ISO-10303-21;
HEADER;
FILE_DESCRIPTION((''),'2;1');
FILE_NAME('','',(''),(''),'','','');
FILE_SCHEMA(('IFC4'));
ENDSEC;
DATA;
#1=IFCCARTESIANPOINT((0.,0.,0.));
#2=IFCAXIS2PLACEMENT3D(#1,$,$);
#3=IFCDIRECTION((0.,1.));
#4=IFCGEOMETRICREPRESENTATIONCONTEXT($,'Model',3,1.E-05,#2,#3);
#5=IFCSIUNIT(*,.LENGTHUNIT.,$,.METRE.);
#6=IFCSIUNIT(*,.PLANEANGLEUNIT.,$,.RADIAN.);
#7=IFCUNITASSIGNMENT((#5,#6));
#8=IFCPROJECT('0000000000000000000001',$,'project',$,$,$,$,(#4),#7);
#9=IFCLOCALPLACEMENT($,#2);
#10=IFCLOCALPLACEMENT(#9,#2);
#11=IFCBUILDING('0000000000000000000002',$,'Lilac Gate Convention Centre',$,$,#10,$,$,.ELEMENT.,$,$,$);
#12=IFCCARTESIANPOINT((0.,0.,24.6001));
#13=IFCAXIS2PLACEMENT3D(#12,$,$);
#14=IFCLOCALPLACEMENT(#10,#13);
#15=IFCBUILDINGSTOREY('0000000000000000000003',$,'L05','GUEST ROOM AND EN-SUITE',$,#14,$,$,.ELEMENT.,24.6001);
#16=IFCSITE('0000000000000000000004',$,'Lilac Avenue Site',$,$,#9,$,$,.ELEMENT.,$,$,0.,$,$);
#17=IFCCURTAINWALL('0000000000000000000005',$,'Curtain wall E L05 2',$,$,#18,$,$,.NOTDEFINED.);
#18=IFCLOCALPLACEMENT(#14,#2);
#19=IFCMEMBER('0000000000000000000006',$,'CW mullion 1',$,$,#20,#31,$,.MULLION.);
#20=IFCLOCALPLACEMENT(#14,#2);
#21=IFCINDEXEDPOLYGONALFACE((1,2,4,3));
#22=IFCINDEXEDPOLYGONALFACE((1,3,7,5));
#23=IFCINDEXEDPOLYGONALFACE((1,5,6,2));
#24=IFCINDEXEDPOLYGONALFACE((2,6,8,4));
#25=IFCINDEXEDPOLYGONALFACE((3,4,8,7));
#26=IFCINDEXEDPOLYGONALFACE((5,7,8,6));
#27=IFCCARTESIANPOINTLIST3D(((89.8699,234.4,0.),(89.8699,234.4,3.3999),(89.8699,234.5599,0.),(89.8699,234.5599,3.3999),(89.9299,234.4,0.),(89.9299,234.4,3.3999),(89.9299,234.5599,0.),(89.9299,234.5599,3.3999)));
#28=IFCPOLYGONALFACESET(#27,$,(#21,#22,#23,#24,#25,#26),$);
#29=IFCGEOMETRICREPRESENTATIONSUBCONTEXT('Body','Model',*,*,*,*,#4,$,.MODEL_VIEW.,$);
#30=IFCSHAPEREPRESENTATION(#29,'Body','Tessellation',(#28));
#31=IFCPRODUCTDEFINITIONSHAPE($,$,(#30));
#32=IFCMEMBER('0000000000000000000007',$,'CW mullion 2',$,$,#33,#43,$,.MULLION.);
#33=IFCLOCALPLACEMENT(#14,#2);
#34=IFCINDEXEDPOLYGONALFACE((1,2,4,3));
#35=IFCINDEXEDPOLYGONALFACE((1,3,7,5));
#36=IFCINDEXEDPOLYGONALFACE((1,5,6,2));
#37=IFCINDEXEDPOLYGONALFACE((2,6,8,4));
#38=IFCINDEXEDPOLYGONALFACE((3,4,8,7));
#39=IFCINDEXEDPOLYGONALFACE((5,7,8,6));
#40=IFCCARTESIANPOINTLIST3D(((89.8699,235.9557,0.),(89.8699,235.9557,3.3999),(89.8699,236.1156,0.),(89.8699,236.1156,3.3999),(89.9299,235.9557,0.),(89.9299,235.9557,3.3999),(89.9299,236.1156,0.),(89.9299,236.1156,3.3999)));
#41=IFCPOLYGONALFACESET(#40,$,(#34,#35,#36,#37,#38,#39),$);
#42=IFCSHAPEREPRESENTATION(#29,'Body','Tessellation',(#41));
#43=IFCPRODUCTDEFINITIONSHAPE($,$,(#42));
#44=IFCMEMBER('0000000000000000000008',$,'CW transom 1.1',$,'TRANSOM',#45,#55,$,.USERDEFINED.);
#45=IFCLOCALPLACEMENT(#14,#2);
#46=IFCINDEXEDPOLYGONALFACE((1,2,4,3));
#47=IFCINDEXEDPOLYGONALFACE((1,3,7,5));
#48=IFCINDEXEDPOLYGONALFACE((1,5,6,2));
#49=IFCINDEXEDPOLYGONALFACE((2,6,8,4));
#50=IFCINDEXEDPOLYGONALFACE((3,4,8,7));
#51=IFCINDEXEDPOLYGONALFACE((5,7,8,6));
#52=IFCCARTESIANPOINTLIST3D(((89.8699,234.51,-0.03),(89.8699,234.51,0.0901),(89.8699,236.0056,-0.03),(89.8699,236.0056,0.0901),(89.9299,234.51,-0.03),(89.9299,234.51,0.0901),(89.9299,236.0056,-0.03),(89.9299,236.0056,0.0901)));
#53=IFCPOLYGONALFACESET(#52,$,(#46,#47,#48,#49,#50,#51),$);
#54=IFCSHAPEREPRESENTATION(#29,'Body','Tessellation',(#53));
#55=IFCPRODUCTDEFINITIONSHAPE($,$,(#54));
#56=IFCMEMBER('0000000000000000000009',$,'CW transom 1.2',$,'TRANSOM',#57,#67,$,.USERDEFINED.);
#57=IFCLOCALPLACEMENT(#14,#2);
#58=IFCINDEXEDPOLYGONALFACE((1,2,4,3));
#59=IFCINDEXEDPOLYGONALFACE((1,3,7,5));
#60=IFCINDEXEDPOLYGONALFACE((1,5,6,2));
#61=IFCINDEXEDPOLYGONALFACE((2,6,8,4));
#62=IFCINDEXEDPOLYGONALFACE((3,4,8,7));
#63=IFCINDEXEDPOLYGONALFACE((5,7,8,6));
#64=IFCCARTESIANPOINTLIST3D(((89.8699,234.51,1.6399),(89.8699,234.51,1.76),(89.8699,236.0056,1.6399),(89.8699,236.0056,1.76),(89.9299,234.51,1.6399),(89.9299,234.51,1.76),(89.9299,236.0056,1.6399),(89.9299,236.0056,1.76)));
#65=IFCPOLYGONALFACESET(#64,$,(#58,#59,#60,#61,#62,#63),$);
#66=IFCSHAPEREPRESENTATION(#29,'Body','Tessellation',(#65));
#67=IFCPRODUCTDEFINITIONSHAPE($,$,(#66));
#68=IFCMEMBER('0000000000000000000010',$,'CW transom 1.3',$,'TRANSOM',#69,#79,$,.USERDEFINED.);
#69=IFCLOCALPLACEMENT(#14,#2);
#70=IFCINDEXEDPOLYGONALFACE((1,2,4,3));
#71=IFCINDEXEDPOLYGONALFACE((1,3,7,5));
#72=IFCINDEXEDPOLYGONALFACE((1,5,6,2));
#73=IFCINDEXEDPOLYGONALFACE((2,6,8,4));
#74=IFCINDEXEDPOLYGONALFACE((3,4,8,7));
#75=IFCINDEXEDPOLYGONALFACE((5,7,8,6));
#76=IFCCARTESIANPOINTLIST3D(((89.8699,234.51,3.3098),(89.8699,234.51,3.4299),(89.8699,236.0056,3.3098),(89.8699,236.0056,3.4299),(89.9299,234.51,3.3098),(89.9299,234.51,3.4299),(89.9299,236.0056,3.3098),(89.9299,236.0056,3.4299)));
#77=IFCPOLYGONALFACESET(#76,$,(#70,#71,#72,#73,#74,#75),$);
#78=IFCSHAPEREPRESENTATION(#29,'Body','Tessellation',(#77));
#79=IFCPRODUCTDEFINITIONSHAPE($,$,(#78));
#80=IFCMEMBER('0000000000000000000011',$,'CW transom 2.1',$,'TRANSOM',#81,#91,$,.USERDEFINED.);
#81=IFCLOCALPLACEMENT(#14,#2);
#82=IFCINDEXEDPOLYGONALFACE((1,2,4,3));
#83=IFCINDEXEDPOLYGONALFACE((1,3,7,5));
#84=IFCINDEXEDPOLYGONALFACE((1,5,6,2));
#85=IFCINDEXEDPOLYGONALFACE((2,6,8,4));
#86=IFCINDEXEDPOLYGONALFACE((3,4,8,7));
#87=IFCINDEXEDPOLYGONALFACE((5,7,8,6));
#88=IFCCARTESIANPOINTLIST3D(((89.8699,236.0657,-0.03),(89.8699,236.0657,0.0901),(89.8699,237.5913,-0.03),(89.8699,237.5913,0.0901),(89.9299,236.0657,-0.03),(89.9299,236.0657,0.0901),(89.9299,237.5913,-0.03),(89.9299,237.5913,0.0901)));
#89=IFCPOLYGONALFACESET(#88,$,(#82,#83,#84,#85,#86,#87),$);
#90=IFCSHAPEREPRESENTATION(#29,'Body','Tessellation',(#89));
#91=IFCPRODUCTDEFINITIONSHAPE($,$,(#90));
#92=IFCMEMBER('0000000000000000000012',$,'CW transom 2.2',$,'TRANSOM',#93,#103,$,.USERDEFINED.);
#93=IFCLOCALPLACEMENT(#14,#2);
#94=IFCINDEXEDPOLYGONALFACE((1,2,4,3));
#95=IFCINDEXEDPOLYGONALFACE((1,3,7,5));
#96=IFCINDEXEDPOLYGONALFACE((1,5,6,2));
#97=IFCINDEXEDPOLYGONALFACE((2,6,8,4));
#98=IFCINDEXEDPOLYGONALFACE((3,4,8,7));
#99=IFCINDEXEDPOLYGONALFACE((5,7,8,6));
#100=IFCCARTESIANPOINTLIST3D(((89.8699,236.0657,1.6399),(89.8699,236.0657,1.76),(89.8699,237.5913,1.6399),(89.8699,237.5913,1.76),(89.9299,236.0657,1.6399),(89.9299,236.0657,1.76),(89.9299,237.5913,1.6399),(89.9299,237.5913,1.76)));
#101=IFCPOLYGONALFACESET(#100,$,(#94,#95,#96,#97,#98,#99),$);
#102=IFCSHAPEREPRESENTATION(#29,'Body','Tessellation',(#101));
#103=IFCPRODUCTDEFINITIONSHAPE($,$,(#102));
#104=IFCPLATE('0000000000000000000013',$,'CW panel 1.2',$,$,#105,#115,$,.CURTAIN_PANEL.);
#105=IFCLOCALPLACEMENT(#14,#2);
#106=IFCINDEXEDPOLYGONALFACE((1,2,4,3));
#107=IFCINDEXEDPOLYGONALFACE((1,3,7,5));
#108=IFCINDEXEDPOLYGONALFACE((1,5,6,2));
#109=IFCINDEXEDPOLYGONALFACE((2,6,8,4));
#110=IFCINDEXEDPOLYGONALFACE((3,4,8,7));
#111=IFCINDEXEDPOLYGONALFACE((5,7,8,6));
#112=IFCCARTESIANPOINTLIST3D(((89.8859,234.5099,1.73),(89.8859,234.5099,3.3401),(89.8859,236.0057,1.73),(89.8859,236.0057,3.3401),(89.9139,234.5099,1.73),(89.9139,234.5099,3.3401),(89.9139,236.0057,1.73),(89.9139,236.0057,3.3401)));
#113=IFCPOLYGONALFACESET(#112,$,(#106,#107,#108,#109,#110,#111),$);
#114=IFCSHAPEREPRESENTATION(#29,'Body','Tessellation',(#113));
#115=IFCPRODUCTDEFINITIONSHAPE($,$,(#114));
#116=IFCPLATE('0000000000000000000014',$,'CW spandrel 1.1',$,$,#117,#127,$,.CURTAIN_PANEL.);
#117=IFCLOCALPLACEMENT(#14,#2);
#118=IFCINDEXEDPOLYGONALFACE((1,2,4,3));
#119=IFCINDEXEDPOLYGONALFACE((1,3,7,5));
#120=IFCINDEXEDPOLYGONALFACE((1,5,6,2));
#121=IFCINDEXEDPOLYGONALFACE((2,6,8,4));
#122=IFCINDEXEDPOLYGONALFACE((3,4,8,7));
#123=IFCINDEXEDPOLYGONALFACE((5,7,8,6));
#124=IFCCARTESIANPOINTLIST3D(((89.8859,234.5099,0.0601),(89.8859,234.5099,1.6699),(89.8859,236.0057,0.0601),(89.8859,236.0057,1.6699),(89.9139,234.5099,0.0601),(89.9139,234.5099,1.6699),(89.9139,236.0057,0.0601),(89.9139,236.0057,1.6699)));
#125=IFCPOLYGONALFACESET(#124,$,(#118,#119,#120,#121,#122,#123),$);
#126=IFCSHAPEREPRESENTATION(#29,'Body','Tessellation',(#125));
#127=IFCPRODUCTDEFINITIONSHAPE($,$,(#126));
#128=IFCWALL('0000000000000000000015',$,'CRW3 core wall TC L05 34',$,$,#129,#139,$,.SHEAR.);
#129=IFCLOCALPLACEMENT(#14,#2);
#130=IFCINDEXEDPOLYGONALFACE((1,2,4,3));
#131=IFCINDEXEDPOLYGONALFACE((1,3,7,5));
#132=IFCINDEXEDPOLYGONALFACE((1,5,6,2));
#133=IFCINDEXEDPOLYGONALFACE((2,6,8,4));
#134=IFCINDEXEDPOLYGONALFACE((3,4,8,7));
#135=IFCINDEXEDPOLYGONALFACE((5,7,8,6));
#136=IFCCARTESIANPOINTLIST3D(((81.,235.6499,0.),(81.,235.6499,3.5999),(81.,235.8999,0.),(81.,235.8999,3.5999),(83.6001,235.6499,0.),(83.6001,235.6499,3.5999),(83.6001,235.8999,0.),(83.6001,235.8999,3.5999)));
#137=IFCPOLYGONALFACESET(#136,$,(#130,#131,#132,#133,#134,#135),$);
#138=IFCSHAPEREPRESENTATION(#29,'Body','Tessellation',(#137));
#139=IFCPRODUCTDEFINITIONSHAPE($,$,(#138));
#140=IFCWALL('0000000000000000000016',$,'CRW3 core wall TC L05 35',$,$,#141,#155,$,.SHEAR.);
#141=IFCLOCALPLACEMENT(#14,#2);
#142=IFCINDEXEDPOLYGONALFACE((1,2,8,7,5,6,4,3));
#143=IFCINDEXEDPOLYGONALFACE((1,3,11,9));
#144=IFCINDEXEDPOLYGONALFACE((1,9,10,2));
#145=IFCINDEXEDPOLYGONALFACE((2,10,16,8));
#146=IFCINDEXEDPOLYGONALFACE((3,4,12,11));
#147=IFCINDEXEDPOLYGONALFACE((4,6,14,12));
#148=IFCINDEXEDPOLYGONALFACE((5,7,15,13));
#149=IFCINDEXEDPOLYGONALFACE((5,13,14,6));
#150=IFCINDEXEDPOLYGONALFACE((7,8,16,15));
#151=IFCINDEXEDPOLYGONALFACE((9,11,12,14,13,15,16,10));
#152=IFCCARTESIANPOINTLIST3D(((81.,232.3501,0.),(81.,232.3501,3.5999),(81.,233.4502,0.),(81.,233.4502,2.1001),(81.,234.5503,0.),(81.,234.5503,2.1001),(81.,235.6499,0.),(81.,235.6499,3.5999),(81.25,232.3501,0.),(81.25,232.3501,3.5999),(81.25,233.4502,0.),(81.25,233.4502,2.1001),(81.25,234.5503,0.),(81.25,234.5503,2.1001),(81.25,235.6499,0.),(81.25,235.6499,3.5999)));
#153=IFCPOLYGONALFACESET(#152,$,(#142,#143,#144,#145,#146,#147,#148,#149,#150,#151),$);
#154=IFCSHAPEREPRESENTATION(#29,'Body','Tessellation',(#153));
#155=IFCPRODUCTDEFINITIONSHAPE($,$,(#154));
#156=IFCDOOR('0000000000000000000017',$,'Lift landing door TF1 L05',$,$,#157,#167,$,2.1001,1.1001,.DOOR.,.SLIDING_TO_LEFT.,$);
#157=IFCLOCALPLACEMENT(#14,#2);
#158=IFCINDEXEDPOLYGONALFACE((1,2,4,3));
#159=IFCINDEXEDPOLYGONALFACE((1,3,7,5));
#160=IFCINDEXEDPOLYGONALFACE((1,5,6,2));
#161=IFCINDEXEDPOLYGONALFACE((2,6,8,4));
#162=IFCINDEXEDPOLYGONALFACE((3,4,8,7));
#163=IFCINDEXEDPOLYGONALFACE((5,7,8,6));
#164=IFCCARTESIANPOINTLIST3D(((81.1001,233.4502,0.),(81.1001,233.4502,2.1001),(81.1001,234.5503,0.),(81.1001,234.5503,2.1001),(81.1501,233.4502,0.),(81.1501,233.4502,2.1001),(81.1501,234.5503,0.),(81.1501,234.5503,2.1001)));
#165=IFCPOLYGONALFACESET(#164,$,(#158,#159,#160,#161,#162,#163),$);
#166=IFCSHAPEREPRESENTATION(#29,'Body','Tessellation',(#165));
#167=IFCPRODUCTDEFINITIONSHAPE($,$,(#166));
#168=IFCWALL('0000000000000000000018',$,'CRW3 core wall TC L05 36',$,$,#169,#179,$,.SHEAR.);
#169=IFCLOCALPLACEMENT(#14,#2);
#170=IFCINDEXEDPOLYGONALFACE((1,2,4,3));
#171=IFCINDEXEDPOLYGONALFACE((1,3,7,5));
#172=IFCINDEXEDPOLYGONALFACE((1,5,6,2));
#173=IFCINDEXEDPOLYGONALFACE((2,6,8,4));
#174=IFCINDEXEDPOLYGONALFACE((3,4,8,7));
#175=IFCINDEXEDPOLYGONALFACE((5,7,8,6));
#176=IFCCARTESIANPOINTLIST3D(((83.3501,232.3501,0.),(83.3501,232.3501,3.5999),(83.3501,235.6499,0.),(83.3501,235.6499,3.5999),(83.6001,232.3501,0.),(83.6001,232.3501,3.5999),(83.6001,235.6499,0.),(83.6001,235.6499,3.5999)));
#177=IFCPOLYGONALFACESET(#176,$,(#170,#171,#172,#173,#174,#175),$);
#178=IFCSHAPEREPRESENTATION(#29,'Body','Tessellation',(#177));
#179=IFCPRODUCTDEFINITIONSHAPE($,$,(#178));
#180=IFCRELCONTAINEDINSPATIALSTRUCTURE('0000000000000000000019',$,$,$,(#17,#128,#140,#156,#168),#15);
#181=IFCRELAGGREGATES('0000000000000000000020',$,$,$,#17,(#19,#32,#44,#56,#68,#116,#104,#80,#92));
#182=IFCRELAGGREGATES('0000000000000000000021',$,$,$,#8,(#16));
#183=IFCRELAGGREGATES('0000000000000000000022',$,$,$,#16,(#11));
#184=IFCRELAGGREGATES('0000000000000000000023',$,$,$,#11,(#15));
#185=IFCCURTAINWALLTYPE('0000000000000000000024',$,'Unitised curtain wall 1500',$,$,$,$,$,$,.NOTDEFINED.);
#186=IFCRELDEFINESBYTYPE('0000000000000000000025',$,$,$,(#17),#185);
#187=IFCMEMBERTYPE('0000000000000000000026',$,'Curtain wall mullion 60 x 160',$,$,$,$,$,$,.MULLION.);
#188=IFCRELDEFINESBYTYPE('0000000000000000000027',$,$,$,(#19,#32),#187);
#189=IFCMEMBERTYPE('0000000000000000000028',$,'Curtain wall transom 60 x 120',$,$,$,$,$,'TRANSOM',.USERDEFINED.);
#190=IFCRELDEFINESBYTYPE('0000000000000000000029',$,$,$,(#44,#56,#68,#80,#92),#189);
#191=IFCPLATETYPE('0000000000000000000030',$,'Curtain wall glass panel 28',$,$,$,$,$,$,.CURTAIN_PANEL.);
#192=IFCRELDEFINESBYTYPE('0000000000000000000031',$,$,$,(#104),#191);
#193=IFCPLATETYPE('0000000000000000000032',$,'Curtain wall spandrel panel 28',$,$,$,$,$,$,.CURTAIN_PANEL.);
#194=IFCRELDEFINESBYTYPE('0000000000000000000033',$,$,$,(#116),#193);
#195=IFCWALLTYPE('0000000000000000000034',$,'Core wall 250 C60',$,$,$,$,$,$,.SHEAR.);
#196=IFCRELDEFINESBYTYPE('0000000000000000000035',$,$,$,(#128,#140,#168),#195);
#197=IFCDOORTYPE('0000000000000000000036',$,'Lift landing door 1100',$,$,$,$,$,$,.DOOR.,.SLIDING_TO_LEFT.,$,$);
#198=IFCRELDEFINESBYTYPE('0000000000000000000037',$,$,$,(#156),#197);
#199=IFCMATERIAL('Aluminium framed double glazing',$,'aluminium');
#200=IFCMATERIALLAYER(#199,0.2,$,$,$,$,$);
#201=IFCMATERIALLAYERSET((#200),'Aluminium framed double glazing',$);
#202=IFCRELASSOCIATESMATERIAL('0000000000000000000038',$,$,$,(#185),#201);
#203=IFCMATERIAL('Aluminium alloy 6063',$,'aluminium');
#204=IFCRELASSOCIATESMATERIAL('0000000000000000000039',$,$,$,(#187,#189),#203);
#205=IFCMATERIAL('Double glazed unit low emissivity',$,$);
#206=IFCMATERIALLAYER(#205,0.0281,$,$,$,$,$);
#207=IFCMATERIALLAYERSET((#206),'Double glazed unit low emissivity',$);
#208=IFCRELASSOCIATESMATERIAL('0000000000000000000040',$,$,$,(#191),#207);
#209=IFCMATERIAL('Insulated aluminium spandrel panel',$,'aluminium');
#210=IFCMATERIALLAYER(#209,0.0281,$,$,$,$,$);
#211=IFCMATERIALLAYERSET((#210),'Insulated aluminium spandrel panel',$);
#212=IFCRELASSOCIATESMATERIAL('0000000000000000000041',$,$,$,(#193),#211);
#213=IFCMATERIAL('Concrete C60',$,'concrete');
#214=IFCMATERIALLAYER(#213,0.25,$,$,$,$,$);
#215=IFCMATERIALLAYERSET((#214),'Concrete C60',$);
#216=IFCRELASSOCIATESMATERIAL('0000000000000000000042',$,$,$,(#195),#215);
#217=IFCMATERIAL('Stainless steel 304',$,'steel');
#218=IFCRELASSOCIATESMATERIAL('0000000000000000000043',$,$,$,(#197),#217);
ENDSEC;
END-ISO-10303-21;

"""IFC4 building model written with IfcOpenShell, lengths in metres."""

from ifc_helpers import new_model, si_unit, direction, frame, frame_2d, origin, origin_2d, place, context, subcontext, project, spatial, rectangle, extrude, material, layer, layer_set, material_profile, profile_set, type_object, element, fill, aggregate, save


model = new_model("IFC4")

# Units and contexts
model_context = context("Model", 3, precision=1e-05, world=origin(), true_north=direction((0.0, 1.0)))
body_context = subcontext(model_context, "Body", "Model", "MODEL_VIEW")
ifc_project = project(units=[si_unit("LENGTHUNIT", "METRE"), si_unit("PLANEANGLEUNIT", "RADIAN")], contexts=[model_context])

# Site, building, storey
site_placement = place(None, origin())
site = spatial("IfcSite", under=ifc_project, at=site_placement, Name="Lilac Avenue Site", CompositionType="ELEMENT", RefElevation=0.0)
building_placement = place(site_placement, origin())
building = spatial("IfcBuilding", under=site, at=building_placement, Name="Lilac Gate Convention Centre", CompositionType="ELEMENT")
storey_placement = place(building_placement, frame((0.0, 0.0, 24.6001)))
storey = spatial("IfcBuildingStorey", under=building, at=storey_placement, Name="L05", Description="GUEST ROOM AND EN-SUITE", CompositionType="ELEMENT", Elevation=24.6001)

# Curtain wall, members, plates
ifc_material_1 = material(Name="Aluminium framed double glazing", Category="aluminium")
ifc_layer_1 = layer(ifc_material_1, 0.2)
ifc_layer_set_1 = layer_set([ifc_layer_1], Name="Aluminium framed double glazing")
curtain_wall_type = type_object("IfcCurtainWallType", Name="Unitised curtain wall 1500", PredefinedType="NOTDEFINED", material=ifc_layer_set_1)
curtain_wall_placement = place(storey_placement, origin())
curtain_wall = element("IfcCurtainWall", 1, at=curtain_wall_placement, inside=storey, type_object=curtain_wall_type, Name="Curtain wall E L05 2", PredefinedType="NOTDEFINED")
ifc_material_2 = material(Name="Aluminium alloy 6063", Category="aluminium")
ifc_material_profile_1 = material_profile(ifc_material_2, rectangle(XDim=0.0601, YDim=0.1599, at=origin_2d()), Name="Curtain wall mullion 60 x 160")
ifc_profile_set_1 = profile_set([ifc_material_profile_1], Name="Aluminium alloy 6063")
member_type_1 = type_object("IfcMemberType", Name="Curtain wall mullion 60 x 160", PredefinedType="MULLION", material=ifc_profile_set_1)
member_1_placement = place(storey_placement, frame((89.8999, 234.48, 0.0), z_axis=(0.0, 0.0, 1.0), x_axis=(-1.0, 0.0, 0.0)))
member_1 = element("IfcMember", 2, at=member_1_placement, type_object=member_type_1, Name="CW mullion 1", PredefinedType="MULLION", context=body_context, shape_type="SweptSolid", body=[
    extrude(rectangle(XDim=0.0601, YDim=0.1599, at=origin_2d()), origin(), (0.0, 0.0, 1.0), 3.3999),
])
member_2_placement = place(storey_placement, frame((89.8999, 236.0356, 0.0), z_axis=(0.0, 0.0, 1.0), x_axis=(-1.0, 0.0, 0.0)))
member_2 = element("IfcMember", 3, at=member_2_placement, type_object=member_type_1, Name="CW mullion 2", PredefinedType="MULLION", context=body_context, shape_type="SweptSolid", body=[
    extrude(rectangle(XDim=0.0601, YDim=0.1599, at=origin_2d()), origin(), (0.0, 0.0, 1.0), 3.3999),
])
ifc_material_profile_2 = material_profile(ifc_material_2, rectangle(XDim=0.0601, YDim=0.1201, at=origin_2d()), Name="Curtain wall transom 60 x 120")
ifc_profile_set_2 = profile_set([ifc_material_profile_2], Name="Aluminium alloy 6063")
member_type_2 = type_object("IfcMemberType", Name="Curtain wall transom 60 x 120", ElementType="TRANSOM", PredefinedType="USERDEFINED", material=ifc_profile_set_2)
member_3_placement = place(storey_placement, frame((89.8999, 234.51, 0.03), z_axis=(0.0, 1.0, 0.0), x_axis=(-1.0, 0.0, 0.0)))
member_3 = element("IfcMember", 4, at=member_3_placement, type_object=member_type_2, Name="CW transom 1.1", ObjectType="TRANSOM", PredefinedType="USERDEFINED", context=body_context, shape_type="SweptSolid", body=[
    extrude(rectangle(XDim=0.0601, YDim=0.1201, at=origin_2d()), origin(), (0.0, 0.0, 1.0), 1.4956),
])
member_4_placement = place(storey_placement, frame((89.8999, 234.51, 1.7), z_axis=(0.0, 1.0, 0.0), x_axis=(-1.0, 0.0, 0.0)))
member_4 = element("IfcMember", 5, at=member_4_placement, type_object=member_type_2, Name="CW transom 1.2", ObjectType="TRANSOM", PredefinedType="USERDEFINED", context=body_context, shape_type="SweptSolid", body=[
    extrude(rectangle(XDim=0.0601, YDim=0.1201, at=origin_2d()), origin(), (0.0, 0.0, 1.0), 1.4956),
])
member_5_placement = place(storey_placement, frame((89.8999, 234.51, 3.3699), z_axis=(0.0, 1.0, 0.0), x_axis=(-1.0, 0.0, 0.0)))
member_5 = element("IfcMember", 6, at=member_5_placement, type_object=member_type_2, Name="CW transom 1.3", ObjectType="TRANSOM", PredefinedType="USERDEFINED", context=body_context, shape_type="SweptSolid", body=[
    extrude(rectangle(XDim=0.0601, YDim=0.1201, at=origin_2d()), origin(), (0.0, 0.0, 1.0), 1.4956),
])
member_6_placement = place(storey_placement, frame((89.8999, 236.0657, 0.03), z_axis=(0.0, 1.0, 0.0), x_axis=(-1.0, 0.0, 0.0)))
member_6 = element("IfcMember", 7, at=member_6_placement, type_object=member_type_2, Name="CW transom 2.1", ObjectType="TRANSOM", PredefinedType="USERDEFINED", context=body_context, shape_type="SweptSolid", body=[
    extrude(rectangle(XDim=0.0601, YDim=0.1201, at=origin_2d()), origin(), (0.0, 0.0, 1.0), 1.5256),
])
member_7_placement = place(storey_placement, frame((89.8999, 236.0657, 1.7), z_axis=(0.0, 1.0, 0.0), x_axis=(-1.0, 0.0, 0.0)))
member_7 = element("IfcMember", 8, at=member_7_placement, type_object=member_type_2, Name="CW transom 2.2", ObjectType="TRANSOM", PredefinedType="USERDEFINED", context=body_context, shape_type="SweptSolid", body=[
    extrude(rectangle(XDim=0.0601, YDim=0.1201, at=origin_2d()), origin(), (0.0, 0.0, 1.0), 1.5256),
])
ifc_material_3 = material(Name="Double glazed unit low emissivity")
ifc_layer_2 = layer(ifc_material_3, 0.0281)
ifc_layer_set_2 = layer_set([ifc_layer_2], Name="Double glazed unit low emissivity")
plate_type_1 = type_object("IfcPlateType", Name="Curtain wall glass panel 28", PredefinedType="CURTAIN_PANEL", material=ifc_layer_set_2)
plate_1_placement = place(storey_placement, frame((89.8999, 235.2578, 1.73), z_axis=(0.0, 0.0, 1.0), x_axis=(0.0, 1.0, 0.0)))
plate_1 = element("IfcPlate", 9, at=plate_1_placement, type_object=plate_type_1, Name="CW panel 1.2", PredefinedType="CURTAIN_PANEL", context=body_context, shape_type="SweptSolid", body=[
    extrude(rectangle(XDim=1.4958, YDim=0.0281, at=origin_2d()), origin(), (0.0, 0.0, 1.0), 1.6101),
])
ifc_material_4 = material(Name="Insulated aluminium spandrel panel", Category="aluminium")
ifc_layer_3 = layer(ifc_material_4, 0.0281)
ifc_layer_set_3 = layer_set([ifc_layer_3], Name="Insulated aluminium spandrel panel")
plate_type_2 = type_object("IfcPlateType", Name="Curtain wall spandrel panel 28", PredefinedType="CURTAIN_PANEL", material=ifc_layer_set_3)
plate_2_placement = place(storey_placement, frame((89.8999, 235.2578, 0.0601), z_axis=(0.0, 0.0, 1.0), x_axis=(0.0, 1.0, 0.0)))
plate_2 = element("IfcPlate", 10, at=plate_2_placement, type_object=plate_type_2, Name="CW spandrel 1.1", PredefinedType="CURTAIN_PANEL", context=body_context, shape_type="SweptSolid", body=[
    extrude(rectangle(XDim=1.4958, YDim=0.0281, at=origin_2d()), origin(), (0.0, 0.0, 1.0), 1.6099),
])
aggregate(curtain_wall, [member_1, member_2, member_3, member_4, member_5, plate_2, plate_1, member_6, member_7])

# Wall
ifc_material_5 = material(Name="Concrete C60", Category="concrete")
ifc_layer_4 = layer(ifc_material_5, 0.25)
ifc_layer_set_4 = layer_set([ifc_layer_4], Name="Concrete C60")
wall_type_1 = type_object("IfcWallType", Name="Core wall 250 C60", PredefinedType="SHEAR", material=ifc_layer_set_4)
wall_1_placement = place(storey_placement, frame((81.0, 235.7749, 0.0), z_axis=(0.0, 0.0, 1.0), x_axis=(1.0, 0.0, 0.0)))
element("IfcWall", 11, at=wall_1_placement, inside=storey, type_object=wall_type_1, Name="CRW3 core wall TC L05 34", PredefinedType="SHEAR", context=body_context, shape_type="SweptSolid", body=[
    extrude(rectangle(XDim=2.6001, YDim=0.25, at=frame_2d((1.3, 0.0))), origin(), (0.0, 0.0, 1.0), 3.5999),
])

# Wall, opening, door
wall_2_placement = place(storey_placement, frame((81.125, 232.3501, 0.0), z_axis=(0.0, 0.0, 1.0), x_axis=(0.0, 1.0, 0.0)))
wall_2 = element("IfcWall", 12, at=wall_2_placement, inside=storey, type_object=wall_type_1, Name="CRW3 core wall TC L05 35", PredefinedType="SHEAR", context=body_context, shape_type="SweptSolid", body=[
    extrude(rectangle(XDim=3.2998, YDim=0.25, at=frame_2d((1.6499, 0.0))), origin(), (0.0, 0.0, 1.0), 3.5999),
])
opening_1_placement = place(wall_2_placement, frame((1.1001, 0.0, 0.0)))
opening_1 = element("IfcOpeningElement", 13, at=opening_1_placement, cuts=wall_2, PredefinedType="OPENING", context=body_context, shape_type="SweptSolid", body=[
    extrude(rectangle(XDim=1.1001, YDim=2.1001, at=frame_2d((0.55, 1.05))), frame((0.0, 0.135, 0.0), z_axis=(0.0, -1.0, 0.0), x_axis=(1.0, 0.0, 0.0)), (0.0, 0.0, 1.0), 0.27),
])
ifc_material_6 = material(Name="Stainless steel 304", Category="steel")
door_type_1 = type_object("IfcDoorType", Name="Lift landing door 1100", OperationType="SLIDING_TO_LEFT", PredefinedType="DOOR", material=ifc_material_6)
door_1_placement = place(opening_1_placement, origin())
door_1 = element("IfcDoor", 14, at=door_1_placement, inside=storey, type_object=door_type_1, Name="Lift landing door TF1 L05", OperationType="SLIDING_TO_LEFT", OverallHeight=2.1001, OverallWidth=1.1001, PredefinedType="DOOR", context=body_context, shape_type="SweptSolid", body=[
    extrude(rectangle(XDim=1.1001, YDim=2.1001, at=frame_2d((0.55, 1.05))), frame((0.0, 0.0249, 0.0), z_axis=(0.0, -1.0, 0.0), x_axis=(1.0, 0.0, 0.0)), (0.0, 0.0, 1.0), 0.05),
])
fill(opening_1, door_1)

# Wall
wall_3_placement = place(storey_placement, frame((83.4751, 232.3501, 0.0), z_axis=(0.0, 0.0, 1.0), x_axis=(0.0, 1.0, 0.0)))
element("IfcWall", 15, at=wall_3_placement, inside=storey, type_object=wall_type_1, Name="CRW3 core wall TC L05 36", PredefinedType="SHEAR", context=body_context, shape_type="SweptSolid", body=[
    extrude(rectangle(XDim=3.2998, YDim=0.25, at=frame_2d((1.6499, 0.0))), origin(), (0.0, 0.0, 1.0), 3.5999),
])

save(model, "model.ifc")
